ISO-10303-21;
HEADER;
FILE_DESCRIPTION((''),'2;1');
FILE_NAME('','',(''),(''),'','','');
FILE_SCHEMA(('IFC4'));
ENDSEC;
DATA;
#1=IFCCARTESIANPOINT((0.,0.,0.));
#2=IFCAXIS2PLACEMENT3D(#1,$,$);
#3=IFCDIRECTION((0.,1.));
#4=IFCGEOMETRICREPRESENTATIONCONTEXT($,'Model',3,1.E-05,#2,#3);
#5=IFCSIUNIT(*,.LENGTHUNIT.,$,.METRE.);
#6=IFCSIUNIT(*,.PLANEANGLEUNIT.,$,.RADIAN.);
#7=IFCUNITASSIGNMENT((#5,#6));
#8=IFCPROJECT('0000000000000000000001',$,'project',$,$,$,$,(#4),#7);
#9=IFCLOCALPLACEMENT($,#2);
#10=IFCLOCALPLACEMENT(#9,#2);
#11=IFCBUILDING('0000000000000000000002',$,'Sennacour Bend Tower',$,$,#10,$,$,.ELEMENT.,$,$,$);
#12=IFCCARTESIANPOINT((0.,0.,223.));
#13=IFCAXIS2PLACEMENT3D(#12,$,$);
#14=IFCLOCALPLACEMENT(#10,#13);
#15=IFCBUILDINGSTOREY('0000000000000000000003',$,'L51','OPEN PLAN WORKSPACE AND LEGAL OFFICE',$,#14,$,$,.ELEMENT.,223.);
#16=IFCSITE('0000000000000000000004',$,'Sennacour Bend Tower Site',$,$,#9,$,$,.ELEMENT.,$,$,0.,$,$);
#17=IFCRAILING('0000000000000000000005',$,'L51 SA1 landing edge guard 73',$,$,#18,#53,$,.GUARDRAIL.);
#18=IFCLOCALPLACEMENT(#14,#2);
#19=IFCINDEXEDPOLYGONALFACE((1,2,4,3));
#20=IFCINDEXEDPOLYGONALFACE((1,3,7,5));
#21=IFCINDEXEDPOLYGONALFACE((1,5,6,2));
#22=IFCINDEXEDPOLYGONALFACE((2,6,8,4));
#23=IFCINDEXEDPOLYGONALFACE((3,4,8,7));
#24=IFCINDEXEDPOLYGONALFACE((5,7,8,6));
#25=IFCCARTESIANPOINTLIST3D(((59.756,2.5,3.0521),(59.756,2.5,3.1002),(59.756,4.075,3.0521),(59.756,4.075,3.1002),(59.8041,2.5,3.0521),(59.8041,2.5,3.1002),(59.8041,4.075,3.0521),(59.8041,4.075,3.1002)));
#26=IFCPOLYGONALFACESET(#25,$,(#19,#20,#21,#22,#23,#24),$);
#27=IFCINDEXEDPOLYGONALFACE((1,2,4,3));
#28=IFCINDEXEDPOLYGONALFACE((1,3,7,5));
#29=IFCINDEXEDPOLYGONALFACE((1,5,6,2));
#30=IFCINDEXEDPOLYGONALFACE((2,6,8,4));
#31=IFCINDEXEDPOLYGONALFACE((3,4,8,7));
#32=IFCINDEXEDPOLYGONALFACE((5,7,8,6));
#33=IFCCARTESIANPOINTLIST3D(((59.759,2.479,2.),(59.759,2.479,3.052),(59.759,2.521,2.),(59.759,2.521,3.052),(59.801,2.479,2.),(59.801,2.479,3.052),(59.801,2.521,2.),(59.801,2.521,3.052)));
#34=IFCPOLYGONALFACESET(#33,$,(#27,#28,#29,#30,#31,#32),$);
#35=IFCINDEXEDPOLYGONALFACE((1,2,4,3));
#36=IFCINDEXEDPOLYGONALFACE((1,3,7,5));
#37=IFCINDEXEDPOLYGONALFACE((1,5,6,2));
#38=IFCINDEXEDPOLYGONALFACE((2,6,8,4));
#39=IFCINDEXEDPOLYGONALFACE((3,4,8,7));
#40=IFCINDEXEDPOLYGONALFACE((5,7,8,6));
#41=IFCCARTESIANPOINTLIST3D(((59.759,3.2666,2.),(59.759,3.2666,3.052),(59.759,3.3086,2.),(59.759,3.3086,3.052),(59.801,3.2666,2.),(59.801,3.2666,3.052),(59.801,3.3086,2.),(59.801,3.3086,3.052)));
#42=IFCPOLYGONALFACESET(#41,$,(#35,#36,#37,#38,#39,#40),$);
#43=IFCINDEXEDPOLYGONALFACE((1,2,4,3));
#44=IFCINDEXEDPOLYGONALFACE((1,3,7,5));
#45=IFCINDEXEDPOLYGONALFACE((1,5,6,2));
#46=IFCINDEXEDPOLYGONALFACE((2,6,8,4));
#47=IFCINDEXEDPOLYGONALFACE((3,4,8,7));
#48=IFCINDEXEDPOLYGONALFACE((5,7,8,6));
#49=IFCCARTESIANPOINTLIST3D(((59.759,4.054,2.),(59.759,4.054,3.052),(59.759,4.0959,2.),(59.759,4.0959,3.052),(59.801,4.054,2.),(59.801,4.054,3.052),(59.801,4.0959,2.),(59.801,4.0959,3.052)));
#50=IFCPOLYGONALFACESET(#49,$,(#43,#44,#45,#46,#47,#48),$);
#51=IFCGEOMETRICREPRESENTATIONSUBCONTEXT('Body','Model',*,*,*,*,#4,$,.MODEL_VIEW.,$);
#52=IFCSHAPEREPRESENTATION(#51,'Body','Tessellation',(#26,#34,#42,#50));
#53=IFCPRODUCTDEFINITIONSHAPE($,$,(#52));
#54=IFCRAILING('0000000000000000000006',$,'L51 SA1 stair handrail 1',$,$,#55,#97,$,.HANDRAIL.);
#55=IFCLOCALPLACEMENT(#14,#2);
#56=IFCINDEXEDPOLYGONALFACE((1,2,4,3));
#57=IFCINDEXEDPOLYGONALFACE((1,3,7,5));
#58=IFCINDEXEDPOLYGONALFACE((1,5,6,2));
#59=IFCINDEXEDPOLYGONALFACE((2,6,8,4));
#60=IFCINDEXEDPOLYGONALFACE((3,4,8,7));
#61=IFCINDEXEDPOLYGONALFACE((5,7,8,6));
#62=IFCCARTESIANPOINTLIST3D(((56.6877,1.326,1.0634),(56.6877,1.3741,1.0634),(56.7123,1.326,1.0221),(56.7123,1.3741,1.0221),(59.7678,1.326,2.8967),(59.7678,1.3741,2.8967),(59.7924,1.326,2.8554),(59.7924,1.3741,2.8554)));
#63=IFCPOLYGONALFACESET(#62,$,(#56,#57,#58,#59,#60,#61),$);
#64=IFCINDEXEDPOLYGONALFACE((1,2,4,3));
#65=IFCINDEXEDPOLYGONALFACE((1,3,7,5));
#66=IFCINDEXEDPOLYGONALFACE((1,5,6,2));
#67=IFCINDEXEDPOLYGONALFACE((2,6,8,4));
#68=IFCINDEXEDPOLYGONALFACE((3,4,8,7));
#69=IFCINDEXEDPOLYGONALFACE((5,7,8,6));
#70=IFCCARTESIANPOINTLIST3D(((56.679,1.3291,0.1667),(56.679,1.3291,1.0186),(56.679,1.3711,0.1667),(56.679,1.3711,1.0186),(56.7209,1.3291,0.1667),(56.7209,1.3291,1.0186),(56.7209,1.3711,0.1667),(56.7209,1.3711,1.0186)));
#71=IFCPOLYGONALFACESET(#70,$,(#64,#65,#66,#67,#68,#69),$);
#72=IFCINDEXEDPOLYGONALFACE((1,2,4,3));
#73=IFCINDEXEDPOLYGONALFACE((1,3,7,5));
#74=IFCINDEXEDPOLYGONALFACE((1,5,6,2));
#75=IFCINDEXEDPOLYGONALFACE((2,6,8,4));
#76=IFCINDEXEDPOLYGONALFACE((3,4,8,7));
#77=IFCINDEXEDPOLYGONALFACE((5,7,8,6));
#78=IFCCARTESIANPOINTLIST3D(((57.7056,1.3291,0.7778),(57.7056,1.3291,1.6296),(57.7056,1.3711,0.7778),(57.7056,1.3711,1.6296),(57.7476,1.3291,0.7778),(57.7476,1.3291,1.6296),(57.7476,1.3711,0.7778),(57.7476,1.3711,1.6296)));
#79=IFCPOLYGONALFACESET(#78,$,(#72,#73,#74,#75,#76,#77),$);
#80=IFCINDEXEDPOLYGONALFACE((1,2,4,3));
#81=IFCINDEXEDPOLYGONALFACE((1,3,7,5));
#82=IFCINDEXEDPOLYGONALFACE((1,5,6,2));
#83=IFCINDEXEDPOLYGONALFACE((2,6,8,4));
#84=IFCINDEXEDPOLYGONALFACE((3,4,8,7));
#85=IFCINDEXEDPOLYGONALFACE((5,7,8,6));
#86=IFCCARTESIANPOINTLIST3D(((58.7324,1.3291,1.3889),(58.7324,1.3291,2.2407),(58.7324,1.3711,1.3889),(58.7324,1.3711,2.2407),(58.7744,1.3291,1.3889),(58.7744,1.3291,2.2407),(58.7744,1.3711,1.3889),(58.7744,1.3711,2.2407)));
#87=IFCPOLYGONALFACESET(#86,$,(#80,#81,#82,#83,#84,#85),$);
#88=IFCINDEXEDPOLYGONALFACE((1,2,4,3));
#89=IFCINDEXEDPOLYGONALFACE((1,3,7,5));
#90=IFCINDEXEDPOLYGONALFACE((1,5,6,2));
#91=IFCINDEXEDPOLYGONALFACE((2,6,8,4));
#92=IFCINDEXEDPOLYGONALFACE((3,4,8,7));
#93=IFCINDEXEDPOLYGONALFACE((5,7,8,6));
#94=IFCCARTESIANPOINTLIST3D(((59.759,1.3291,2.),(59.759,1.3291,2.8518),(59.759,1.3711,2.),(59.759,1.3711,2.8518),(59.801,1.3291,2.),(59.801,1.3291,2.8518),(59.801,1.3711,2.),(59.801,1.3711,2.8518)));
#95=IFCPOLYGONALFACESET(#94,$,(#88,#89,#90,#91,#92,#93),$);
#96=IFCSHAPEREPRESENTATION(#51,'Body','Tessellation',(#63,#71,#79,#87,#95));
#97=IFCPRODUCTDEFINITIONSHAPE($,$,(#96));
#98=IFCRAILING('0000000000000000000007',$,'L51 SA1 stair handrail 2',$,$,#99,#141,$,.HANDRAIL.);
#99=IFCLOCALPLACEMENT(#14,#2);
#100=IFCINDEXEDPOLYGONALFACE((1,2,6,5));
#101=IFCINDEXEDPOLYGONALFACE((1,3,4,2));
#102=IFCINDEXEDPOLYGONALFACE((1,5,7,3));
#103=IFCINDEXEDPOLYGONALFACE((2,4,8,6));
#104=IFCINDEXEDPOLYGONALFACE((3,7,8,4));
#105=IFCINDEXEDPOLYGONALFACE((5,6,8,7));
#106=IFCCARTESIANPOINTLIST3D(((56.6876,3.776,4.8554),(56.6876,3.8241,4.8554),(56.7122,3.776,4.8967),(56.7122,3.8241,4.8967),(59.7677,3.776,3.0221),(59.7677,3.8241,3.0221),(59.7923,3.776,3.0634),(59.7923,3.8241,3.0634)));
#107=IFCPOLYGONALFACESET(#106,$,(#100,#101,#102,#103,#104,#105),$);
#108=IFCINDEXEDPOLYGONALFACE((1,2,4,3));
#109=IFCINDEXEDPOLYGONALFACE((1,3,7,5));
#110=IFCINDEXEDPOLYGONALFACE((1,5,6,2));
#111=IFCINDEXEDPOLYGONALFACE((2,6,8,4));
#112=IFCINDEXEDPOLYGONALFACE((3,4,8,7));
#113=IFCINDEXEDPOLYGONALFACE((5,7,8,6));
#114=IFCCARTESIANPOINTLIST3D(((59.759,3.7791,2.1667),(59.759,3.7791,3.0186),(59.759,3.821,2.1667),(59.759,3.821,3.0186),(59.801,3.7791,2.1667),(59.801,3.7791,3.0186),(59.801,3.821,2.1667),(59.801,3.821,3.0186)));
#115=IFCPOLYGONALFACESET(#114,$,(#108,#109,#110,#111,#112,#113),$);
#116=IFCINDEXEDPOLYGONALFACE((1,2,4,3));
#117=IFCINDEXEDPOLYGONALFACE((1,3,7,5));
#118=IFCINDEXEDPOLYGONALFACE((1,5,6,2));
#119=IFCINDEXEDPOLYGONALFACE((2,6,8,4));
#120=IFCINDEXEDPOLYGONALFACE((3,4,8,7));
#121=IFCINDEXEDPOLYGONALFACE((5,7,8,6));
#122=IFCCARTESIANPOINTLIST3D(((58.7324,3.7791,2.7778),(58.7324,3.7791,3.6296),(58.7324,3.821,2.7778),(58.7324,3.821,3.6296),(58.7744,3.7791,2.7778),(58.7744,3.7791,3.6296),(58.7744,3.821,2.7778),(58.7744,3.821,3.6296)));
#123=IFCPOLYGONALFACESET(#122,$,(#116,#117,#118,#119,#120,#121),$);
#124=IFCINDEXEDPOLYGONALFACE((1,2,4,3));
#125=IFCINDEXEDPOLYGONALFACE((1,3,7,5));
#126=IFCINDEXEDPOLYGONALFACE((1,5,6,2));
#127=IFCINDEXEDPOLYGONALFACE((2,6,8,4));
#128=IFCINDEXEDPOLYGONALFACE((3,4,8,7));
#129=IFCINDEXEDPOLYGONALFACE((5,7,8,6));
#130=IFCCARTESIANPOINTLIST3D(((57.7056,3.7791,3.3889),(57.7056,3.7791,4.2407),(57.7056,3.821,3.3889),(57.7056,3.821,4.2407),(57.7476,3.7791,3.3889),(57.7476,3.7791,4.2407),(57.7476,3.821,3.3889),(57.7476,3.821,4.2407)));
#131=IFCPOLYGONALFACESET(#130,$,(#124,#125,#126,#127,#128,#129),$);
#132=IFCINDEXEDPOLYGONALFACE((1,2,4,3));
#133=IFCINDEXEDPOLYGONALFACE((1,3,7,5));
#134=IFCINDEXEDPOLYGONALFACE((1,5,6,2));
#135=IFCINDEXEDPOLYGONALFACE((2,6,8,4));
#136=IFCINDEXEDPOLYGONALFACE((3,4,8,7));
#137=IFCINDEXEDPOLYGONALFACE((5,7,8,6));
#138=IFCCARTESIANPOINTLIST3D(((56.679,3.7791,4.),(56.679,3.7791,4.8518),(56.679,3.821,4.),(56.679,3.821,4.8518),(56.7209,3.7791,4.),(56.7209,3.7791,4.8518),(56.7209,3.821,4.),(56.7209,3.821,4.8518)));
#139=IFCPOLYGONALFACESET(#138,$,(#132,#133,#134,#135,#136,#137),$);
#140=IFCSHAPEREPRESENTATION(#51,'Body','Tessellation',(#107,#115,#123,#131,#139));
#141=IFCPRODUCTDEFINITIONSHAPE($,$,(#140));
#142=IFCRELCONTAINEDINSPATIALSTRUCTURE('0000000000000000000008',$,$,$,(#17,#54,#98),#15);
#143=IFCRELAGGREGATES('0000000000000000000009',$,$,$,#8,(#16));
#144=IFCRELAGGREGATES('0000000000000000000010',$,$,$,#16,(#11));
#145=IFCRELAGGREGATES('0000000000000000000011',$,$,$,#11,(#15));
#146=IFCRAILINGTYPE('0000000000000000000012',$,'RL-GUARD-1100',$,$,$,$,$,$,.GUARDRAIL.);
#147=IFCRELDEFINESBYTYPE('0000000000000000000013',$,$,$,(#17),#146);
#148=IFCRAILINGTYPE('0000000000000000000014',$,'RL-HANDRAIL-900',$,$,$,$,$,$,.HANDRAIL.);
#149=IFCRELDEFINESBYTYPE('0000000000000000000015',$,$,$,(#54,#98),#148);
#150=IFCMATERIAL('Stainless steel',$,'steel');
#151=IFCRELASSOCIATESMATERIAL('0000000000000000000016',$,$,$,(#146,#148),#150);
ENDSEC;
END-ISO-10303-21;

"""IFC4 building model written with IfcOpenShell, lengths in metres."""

from ifc_helpers import new_model, si_unit, direction, frame, origin, origin_2d, place, context, subcontext, project, spatial, rectangle, extrude, material, type_object, element, save


model = new_model("IFC4")

# Units and contexts
model_context = context("Model", 3, precision=1e-05, world=origin(), true_north=direction((0.0, 1.0)))
body_context = subcontext(model_context, "Body", "Model", "MODEL_VIEW")
ifc_project = project(units=[si_unit("LENGTHUNIT", "METRE"), si_unit("PLANEANGLEUNIT", "RADIAN")], contexts=[model_context])

# Site, building, storey
site_placement = place(None, origin())
site = spatial("IfcSite", under=ifc_project, at=site_placement, Name="Sennacour Bend Tower Site", CompositionType="ELEMENT", RefElevation=0.0)
building_placement = place(site_placement, origin())
building = spatial("IfcBuilding", under=site, at=building_placement, Name="Sennacour Bend Tower", CompositionType="ELEMENT")
storey_placement = place(building_placement, frame((0.0, 0.0, 223.0)))
storey = spatial("IfcBuildingStorey", under=building, at=storey_placement, Name="L51", Description="OPEN PLAN WORKSPACE AND LEGAL OFFICE", CompositionType="ELEMENT", Elevation=223.0)

# Shared definitions
ifc_material_1 = material(Name="Stainless steel", Category="steel")

# Railings
railing_type_1 = type_object("IfcRailingType", Name="RL-GUARD-1100", PredefinedType="GUARDRAIL", material=ifc_material_1)
railing_1_placement = place(storey_placement, frame((59.78, 2.5, 2.0)))
element("IfcRailing", 1, at=railing_1_placement, inside=storey, type_object=railing_type_1, Name="L51 SA1 landing edge guard 73", PredefinedType="GUARDRAIL", context=body_context, shape_type="SweptSolid", body=[
    extrude(rectangle(XDim=0.0481, YDim=0.0481, at=origin_2d()), frame((0.0, 0.0, 1.0762), z_axis=(0.0, 1.0, 0.0), x_axis=(-1.0, 0.0, 0.0)), (0.0, 0.0, 1.0), 1.575),
    extrude(rectangle(XDim=0.042, YDim=0.042, at=origin_2d()), origin(), (0.0, 0.0, 1.0), 1.052),
    extrude(rectangle(XDim=0.042, YDim=0.042, at=origin_2d()), frame((0.0, 0.7876, 0.0)), (0.0, 0.0, 1.0), 1.052),
    extrude(rectangle(XDim=0.042, YDim=0.042, at=origin_2d()), frame((0.0, 1.575, 0.0)), (0.0, 0.0, 1.0), 1.052),
])
railing_type_2 = type_object("IfcRailingType", Name="RL-HANDRAIL-900", PredefinedType="HANDRAIL", material=ifc_material_1)
railing_2_placement = place(storey_placement, frame((56.7, 1.3501, 0.1667)))
element("IfcRailing", 2, at=railing_2_placement, inside=storey, type_object=railing_type_2, Name="L51 SA1 stair handrail 1", PredefinedType="HANDRAIL", context=body_context, shape_type="SweptSolid", body=[
    extrude(rectangle(XDim=0.0481, YDim=0.0481, at=origin_2d()), frame((0.0, 0.0, 0.876), z_axis=(0.859309, 0.0, 0.511458), x_axis=(0.0, 1.0, 0.0)), (0.0, 0.0, 1.0), 3.5845),
    extrude(rectangle(XDim=0.042, YDim=0.042, at=origin_2d()), origin(), (0.0, 0.0, 1.0), 0.8518),
    extrude(rectangle(XDim=0.042, YDim=0.042, at=origin_2d()), frame((1.0266, 0.0, 0.6111)), (0.0, 0.0, 1.0), 0.8518),
    extrude(rectangle(XDim=0.042, YDim=0.042, at=origin_2d()), frame((2.0535, 0.0, 1.2222)), (0.0, 0.0, 1.0), 0.8518),
    extrude(rectangle(XDim=0.042, YDim=0.042, at=origin_2d()), frame((3.0801, 0.0, 1.8333)), (0.0, 0.0, 1.0), 0.8518),
])
railing_3_placement = place(storey_placement, frame((59.78, 3.8, 2.1667)))
element("IfcRailing", 3, at=railing_3_placement, inside=storey, type_object=railing_type_2, Name="L51 SA1 stair handrail 2", PredefinedType="HANDRAIL", context=body_context, shape_type="SweptSolid", body=[
    extrude(rectangle(XDim=0.0481, YDim=0.0481, at=origin_2d()), frame((0.0, 0.0, 0.876), z_axis=(-0.859309, 0.0, 0.511458), x_axis=(0.0, -1.0, 0.0)), (0.0, 0.0, 1.0), 3.5845),
    extrude(rectangle(XDim=0.042, YDim=0.042, at=origin_2d()), origin(), (0.0, 0.0, 1.0), 0.8518),
    extrude(rectangle(XDim=0.042, YDim=0.042, at=origin_2d()), frame((-1.0266, 0.0, 0.6111)), (0.0, 0.0, 1.0), 0.8518),
    extrude(rectangle(XDim=0.042, YDim=0.042, at=origin_2d()), frame((-2.0535, 0.0, 1.2222)), (0.0, 0.0, 1.0), 0.8518),
    extrude(rectangle(XDim=0.042, YDim=0.042, at=origin_2d()), frame((-3.0801, 0.0, 1.8333)), (0.0, 0.0, 1.0), 0.8518),
])

save(model, "model.ifc")
